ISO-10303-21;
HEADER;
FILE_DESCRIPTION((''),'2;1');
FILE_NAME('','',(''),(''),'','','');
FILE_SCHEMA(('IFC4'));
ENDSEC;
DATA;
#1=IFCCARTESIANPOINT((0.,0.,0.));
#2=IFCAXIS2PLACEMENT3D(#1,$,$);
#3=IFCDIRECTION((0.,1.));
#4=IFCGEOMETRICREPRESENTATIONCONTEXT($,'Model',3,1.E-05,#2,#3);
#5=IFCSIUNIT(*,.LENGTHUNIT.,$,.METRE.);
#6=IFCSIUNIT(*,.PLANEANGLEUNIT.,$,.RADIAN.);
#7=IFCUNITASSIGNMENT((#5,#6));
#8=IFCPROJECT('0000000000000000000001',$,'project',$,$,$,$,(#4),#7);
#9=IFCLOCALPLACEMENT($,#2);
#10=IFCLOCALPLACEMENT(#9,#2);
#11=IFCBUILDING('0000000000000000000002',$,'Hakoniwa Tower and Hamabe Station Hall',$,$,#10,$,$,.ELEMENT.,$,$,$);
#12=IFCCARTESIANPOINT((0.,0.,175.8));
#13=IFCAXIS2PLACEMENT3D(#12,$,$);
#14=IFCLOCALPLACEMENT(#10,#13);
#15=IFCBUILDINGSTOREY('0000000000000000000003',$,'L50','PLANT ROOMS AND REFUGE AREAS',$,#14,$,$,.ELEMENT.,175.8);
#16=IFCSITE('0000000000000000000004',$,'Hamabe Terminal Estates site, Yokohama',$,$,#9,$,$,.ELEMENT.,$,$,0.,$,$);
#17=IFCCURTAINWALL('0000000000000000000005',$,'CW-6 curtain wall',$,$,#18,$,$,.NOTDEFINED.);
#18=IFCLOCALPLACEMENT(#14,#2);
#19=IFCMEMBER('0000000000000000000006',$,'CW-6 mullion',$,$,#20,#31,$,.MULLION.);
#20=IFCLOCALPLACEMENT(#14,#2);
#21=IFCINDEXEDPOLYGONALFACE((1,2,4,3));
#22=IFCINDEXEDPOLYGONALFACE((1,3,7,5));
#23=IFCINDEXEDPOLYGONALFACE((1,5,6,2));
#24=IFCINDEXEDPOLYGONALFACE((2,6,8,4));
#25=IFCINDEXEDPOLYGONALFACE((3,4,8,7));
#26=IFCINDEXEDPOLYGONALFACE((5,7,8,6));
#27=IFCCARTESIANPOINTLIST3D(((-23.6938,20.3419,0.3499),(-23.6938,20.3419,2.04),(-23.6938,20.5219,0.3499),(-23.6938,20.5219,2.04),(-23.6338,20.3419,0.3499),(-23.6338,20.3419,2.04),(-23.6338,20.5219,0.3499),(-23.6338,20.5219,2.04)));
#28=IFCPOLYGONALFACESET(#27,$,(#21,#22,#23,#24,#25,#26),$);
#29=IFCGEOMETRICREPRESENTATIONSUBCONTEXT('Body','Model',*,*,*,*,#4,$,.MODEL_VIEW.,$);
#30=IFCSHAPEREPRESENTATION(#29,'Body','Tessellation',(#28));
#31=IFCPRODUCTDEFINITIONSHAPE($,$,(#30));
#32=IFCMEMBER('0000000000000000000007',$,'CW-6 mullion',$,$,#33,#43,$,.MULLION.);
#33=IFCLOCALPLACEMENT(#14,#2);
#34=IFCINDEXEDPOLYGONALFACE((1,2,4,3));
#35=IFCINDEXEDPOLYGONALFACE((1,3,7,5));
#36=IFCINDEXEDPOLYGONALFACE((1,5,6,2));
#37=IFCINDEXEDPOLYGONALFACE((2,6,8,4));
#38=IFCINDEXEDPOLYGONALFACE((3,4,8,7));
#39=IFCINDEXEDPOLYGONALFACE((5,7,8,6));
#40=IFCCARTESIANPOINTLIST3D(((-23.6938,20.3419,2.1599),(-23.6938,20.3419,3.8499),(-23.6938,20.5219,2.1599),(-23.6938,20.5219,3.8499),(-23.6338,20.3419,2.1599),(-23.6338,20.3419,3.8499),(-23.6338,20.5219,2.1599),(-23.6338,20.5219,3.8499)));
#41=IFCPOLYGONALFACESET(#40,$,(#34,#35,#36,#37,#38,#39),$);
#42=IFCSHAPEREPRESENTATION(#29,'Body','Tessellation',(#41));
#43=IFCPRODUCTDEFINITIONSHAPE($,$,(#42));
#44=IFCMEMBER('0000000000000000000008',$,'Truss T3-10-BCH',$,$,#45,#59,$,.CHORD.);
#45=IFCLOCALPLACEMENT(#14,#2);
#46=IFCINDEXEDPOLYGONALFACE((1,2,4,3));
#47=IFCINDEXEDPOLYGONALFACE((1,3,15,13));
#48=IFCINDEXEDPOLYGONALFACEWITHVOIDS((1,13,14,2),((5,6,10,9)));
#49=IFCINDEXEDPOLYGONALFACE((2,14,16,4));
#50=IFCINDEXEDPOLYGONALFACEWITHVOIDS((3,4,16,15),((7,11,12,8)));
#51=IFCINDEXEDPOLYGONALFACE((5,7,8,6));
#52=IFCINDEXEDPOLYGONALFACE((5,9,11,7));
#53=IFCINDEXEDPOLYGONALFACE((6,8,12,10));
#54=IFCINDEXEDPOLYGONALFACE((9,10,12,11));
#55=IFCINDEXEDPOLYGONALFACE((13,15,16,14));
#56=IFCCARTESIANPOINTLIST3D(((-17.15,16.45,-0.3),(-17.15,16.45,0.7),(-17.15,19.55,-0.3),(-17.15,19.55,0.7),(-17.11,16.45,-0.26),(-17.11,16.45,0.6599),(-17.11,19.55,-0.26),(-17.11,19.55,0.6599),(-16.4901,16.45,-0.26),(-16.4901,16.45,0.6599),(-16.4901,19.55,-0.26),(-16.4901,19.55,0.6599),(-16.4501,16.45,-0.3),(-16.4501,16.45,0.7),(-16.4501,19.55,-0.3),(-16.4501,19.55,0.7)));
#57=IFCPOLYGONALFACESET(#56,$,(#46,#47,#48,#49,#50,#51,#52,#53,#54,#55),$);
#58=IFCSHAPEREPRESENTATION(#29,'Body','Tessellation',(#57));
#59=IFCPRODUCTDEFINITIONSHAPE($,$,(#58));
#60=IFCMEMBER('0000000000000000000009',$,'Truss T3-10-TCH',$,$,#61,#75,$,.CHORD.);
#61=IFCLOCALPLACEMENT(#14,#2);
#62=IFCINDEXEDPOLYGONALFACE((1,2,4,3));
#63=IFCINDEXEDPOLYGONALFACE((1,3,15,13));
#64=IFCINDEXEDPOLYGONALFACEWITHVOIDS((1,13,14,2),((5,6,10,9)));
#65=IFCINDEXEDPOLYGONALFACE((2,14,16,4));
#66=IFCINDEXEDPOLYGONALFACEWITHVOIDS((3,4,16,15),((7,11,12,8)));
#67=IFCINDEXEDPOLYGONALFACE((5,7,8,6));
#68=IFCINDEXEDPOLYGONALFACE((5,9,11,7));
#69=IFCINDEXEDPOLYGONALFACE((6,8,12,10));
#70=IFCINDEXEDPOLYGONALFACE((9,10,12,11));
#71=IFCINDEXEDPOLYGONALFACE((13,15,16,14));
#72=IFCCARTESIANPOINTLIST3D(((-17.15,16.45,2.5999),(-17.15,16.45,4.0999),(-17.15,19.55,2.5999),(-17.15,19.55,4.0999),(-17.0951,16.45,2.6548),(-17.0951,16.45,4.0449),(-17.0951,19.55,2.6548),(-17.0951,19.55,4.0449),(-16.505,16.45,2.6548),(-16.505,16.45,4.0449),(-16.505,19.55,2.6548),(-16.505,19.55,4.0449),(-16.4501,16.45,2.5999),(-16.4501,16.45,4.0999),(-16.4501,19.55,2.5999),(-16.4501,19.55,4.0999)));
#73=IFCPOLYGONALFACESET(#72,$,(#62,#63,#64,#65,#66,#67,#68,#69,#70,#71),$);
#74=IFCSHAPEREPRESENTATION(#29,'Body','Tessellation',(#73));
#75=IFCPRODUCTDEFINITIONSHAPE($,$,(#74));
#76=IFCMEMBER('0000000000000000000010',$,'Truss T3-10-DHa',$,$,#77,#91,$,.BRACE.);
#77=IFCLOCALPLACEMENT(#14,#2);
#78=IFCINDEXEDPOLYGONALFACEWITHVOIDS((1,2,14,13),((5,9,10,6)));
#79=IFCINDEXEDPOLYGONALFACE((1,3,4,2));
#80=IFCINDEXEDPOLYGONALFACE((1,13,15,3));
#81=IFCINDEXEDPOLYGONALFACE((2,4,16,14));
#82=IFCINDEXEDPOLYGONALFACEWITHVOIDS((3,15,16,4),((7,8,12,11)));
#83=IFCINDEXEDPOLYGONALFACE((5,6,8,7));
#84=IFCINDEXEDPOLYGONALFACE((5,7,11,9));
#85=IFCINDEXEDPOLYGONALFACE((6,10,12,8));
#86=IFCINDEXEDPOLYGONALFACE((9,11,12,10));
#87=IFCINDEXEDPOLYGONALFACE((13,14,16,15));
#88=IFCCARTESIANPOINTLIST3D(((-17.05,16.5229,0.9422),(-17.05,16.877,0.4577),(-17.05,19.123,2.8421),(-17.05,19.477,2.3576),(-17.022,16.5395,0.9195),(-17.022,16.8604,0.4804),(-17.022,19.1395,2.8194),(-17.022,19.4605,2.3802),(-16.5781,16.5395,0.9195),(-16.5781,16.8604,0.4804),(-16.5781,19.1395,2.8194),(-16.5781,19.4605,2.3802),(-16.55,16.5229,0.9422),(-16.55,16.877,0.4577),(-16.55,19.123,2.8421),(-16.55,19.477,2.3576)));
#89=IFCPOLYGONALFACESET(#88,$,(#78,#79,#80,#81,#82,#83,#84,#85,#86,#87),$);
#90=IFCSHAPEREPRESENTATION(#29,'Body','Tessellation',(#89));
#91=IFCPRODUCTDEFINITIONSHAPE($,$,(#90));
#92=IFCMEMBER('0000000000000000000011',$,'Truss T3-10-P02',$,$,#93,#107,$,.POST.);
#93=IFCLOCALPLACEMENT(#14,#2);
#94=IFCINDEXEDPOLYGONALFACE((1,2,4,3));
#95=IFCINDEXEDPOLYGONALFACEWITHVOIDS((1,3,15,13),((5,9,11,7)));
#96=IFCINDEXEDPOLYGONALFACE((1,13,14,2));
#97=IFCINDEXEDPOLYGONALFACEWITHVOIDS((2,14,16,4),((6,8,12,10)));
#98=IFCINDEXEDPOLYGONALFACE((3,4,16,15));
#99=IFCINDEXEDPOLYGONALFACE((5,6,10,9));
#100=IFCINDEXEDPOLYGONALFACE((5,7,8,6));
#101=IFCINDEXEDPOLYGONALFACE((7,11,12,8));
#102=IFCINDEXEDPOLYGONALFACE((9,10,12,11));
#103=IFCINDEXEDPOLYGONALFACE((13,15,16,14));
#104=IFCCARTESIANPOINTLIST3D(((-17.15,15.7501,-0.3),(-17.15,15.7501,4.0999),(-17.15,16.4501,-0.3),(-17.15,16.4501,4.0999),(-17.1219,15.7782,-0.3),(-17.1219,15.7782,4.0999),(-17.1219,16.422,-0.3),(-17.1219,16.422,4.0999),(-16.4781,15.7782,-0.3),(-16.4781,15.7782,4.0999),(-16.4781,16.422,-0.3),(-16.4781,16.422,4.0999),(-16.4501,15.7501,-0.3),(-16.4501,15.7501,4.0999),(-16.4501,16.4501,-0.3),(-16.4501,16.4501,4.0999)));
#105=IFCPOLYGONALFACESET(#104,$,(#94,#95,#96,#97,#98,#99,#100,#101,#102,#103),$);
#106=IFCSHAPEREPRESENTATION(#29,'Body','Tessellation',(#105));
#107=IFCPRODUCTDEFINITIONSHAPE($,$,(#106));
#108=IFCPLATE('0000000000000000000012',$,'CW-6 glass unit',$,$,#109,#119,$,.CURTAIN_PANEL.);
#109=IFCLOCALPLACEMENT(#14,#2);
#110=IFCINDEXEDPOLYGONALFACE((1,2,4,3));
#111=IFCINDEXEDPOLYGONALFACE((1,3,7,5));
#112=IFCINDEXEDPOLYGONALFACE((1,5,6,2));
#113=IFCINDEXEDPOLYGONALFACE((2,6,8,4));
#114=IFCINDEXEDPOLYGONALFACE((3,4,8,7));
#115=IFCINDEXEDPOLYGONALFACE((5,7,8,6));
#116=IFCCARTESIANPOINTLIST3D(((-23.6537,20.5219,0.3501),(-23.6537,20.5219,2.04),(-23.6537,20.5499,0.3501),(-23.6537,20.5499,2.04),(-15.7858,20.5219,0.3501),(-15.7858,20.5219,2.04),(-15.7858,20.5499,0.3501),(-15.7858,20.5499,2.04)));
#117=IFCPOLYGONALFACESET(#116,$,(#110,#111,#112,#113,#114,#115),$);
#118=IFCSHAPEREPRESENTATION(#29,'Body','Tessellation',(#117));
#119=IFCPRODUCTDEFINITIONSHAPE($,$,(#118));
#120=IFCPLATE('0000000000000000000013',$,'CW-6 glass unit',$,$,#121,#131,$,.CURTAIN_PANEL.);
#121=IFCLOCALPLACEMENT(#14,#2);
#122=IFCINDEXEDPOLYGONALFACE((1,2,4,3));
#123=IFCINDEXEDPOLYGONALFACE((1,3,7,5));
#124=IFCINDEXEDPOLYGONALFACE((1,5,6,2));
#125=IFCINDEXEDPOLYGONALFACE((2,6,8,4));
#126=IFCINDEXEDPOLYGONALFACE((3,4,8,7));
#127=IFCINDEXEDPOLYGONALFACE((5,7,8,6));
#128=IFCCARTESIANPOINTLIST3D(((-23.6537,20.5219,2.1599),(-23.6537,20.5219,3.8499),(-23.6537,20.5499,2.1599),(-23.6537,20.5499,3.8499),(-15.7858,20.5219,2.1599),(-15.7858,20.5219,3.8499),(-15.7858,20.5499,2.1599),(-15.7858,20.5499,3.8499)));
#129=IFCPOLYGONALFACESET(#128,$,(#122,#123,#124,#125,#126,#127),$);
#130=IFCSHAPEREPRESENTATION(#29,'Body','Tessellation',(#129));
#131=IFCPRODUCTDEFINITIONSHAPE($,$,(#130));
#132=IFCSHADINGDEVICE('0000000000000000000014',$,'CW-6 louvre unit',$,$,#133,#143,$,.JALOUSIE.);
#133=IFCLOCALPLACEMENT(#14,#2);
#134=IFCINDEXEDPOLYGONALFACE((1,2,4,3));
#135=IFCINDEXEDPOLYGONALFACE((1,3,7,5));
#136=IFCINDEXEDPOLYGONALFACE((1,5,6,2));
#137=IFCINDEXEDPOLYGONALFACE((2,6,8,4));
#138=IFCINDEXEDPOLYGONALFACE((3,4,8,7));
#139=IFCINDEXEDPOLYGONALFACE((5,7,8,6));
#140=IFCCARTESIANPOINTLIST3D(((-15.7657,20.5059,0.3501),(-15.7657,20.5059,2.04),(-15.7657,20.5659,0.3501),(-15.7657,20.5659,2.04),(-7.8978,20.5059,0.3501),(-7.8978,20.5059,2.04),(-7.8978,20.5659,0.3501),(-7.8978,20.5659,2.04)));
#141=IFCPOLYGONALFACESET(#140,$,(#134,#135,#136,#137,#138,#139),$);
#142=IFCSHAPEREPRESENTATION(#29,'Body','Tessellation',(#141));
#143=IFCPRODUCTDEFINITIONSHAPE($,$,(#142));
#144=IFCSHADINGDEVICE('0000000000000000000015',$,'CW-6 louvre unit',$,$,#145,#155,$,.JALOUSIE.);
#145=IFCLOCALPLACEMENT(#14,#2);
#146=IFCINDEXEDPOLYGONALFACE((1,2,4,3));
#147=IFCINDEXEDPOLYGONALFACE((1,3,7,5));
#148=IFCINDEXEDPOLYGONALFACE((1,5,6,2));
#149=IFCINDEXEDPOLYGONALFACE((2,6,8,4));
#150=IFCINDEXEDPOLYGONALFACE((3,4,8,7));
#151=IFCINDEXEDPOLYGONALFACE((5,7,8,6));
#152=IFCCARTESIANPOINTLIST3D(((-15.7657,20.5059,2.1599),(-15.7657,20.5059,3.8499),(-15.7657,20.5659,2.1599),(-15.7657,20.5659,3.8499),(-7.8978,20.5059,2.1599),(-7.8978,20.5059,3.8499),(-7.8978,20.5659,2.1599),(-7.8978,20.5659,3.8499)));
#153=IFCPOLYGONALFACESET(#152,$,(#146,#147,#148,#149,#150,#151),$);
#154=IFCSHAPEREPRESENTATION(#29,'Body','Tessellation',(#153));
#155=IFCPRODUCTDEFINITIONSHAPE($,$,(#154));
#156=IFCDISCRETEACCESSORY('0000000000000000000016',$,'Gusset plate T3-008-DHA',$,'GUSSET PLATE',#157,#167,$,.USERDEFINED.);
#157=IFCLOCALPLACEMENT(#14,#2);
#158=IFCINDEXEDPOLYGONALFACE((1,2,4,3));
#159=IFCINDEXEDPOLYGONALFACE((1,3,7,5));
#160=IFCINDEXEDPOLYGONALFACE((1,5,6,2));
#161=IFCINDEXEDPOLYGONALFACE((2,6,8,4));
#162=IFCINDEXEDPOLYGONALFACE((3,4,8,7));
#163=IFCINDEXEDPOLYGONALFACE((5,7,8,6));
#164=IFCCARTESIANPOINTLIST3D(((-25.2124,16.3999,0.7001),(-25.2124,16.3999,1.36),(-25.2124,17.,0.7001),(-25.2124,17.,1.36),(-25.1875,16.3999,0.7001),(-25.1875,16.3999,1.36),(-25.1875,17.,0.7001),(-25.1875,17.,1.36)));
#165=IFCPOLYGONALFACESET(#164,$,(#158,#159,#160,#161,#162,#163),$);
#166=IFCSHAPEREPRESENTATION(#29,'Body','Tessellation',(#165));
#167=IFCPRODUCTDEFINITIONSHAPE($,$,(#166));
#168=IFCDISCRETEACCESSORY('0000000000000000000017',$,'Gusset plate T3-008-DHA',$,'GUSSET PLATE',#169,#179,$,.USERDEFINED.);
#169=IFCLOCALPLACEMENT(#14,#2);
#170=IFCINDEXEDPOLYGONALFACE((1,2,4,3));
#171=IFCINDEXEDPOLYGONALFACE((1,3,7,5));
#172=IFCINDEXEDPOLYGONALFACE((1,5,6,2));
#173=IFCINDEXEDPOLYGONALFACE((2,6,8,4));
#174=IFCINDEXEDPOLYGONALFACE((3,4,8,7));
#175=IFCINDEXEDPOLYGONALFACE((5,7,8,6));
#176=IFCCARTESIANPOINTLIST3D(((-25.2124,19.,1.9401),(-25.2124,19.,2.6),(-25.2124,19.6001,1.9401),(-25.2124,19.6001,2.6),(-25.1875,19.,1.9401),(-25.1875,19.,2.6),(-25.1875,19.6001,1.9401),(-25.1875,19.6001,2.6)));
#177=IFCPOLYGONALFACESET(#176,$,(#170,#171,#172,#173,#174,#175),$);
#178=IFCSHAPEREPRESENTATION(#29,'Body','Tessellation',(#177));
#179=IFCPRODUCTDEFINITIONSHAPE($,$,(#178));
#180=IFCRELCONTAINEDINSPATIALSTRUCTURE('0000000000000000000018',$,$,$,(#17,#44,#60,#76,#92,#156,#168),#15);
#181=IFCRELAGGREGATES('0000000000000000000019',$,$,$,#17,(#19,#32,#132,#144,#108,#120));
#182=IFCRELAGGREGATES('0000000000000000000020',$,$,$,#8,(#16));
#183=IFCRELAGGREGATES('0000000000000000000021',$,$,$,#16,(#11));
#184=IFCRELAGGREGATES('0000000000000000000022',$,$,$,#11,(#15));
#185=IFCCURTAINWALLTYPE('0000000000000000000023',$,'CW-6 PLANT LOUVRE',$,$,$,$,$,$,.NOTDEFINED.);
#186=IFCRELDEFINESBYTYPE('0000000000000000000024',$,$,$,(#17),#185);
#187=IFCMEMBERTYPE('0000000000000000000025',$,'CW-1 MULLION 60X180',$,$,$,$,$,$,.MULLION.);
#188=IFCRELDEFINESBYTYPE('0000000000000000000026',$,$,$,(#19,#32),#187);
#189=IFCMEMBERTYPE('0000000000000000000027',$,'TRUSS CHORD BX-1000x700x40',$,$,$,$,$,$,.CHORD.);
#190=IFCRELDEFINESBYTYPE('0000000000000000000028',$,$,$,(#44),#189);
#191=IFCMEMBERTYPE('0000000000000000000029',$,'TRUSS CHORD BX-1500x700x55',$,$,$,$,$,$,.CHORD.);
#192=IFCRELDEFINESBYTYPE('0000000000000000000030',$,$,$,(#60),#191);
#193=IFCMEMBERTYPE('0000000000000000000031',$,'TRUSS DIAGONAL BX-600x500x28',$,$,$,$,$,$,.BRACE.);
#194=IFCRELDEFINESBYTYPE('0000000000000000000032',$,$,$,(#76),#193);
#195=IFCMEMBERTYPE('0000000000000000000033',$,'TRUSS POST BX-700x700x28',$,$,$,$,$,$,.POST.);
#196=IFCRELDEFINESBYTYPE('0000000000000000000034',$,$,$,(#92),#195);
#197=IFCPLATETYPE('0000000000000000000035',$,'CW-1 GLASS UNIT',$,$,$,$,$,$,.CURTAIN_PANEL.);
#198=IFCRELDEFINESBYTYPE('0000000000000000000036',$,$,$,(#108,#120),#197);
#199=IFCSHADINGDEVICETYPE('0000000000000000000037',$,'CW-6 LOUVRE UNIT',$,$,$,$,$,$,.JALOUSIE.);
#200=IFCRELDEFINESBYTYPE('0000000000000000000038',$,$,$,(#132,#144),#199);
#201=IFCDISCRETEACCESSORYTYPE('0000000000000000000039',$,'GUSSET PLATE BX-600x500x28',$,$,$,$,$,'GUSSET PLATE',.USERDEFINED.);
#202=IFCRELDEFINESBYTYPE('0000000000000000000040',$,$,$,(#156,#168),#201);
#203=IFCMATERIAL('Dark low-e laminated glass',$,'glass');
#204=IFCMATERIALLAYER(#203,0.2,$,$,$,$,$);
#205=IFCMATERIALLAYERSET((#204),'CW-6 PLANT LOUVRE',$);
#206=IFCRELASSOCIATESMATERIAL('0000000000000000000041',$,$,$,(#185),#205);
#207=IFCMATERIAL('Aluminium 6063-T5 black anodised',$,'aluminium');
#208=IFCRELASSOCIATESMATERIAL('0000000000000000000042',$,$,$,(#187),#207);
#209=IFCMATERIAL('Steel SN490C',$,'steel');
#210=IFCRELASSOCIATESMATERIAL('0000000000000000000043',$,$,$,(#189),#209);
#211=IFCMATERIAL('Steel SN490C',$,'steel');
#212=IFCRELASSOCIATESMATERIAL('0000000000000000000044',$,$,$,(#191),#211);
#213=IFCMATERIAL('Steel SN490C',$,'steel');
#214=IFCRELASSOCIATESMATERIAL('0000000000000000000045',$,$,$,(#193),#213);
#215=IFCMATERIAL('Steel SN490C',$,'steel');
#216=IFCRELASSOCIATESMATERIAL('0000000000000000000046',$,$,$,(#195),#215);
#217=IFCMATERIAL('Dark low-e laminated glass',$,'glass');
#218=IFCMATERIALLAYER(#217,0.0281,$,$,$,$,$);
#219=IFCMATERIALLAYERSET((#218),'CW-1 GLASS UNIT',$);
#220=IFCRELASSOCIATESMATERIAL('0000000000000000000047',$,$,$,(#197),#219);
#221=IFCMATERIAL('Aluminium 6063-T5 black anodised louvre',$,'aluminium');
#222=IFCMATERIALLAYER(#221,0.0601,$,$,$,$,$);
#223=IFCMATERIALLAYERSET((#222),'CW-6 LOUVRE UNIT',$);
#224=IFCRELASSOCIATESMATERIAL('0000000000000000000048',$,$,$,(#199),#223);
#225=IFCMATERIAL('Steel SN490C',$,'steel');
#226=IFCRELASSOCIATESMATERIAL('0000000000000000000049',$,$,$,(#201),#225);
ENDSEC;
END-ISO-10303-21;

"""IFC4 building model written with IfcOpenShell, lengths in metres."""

from ifc_helpers import new_model, si_unit, direction, frame, origin, origin_2d, place, context, subcontext, project, spatial, rectangle, hollow_rectangle, extrude, material, layer, layer_set, material_profile, profile_set, type_object, element, aggregate, save


model = new_model("IFC4")

# Units and contexts
model_context = context("Model", 3, precision=1e-05, world=origin(), true_north=direction((0.0, 1.0)))
body_context = subcontext(model_context, "Body", "Model", "MODEL_VIEW")
ifc_project = project(units=[si_unit("LENGTHUNIT", "METRE"), si_unit("PLANEANGLEUNIT", "RADIAN")], contexts=[model_context])

# Site, building, storey
site_placement = place(None, origin())
site = spatial("IfcSite", under=ifc_project, at=site_placement, Name="Hamabe Terminal Estates site, Yokohama", CompositionType="ELEMENT", RefElevation=0.0)
building_placement = place(site_placement, origin())
building = spatial("IfcBuilding", under=site, at=building_placement, Name="Hakoniwa Tower and Hamabe Station Hall", CompositionType="ELEMENT")
storey_placement = place(building_placement, frame((0.0, 0.0, 175.8)))
storey = spatial("IfcBuildingStorey", under=building, at=storey_placement, Name="L50", Description="PLANT ROOMS AND REFUGE AREAS", CompositionType="ELEMENT", Elevation=175.8)

# Curtain wall, members
ifc_material_1 = material(Name="Dark low-e laminated glass", Category="glass")
ifc_layer_1 = layer(ifc_material_1, 0.2)
ifc_layer_set_1 = layer_set([ifc_layer_1], Name="CW-6 PLANT LOUVRE")
curtain_wall_type = type_object("IfcCurtainWallType", Name="CW-6 PLANT LOUVRE", PredefinedType="NOTDEFINED", material=ifc_layer_set_1)
curtain_wall_placement = place(storey_placement, origin())
curtain_wall = element("IfcCurtainWall", 1, at=curtain_wall_placement, inside=storey, type_object=curtain_wall_type, Name="CW-6 curtain wall", PredefinedType="NOTDEFINED")
ifc_material_2 = material(Name="Aluminium 6063-T5 black anodised", Category="aluminium")
ifc_material_profile_1 = material_profile(ifc_material_2, rectangle(XDim=0.0601, YDim=0.1799, at=origin_2d()), Name="CW-1 MULLION 60X180")
ifc_profile_set_1 = profile_set([ifc_material_profile_1], Name="Aluminium 6063-T5 black anodised")
member_type_1 = type_object("IfcMemberType", Name="CW-1 MULLION 60X180", PredefinedType="MULLION", material=ifc_profile_set_1)
member_1_placement = place(storey_placement, frame((-23.6638, 20.4319, 0.3499), z_axis=(0.0, 0.0, 1.0), x_axis=(-1.0, 0.0, 0.0)))
member_1 = element("IfcMember", 2, at=member_1_placement, type_object=member_type_1, Name="CW-6 mullion", PredefinedType="MULLION", context=body_context, shape_type="SweptSolid", body=[
    extrude(rectangle(XDim=0.0601, YDim=0.1799, at=origin_2d()), origin(), (0.0, 0.0, 1.0), 1.6902),
])
member_2_placement = place(storey_placement, frame((-23.6638, 20.4319, 2.1599), z_axis=(0.0, 0.0, 1.0), x_axis=(-1.0, 0.0, 0.0)))
member_2 = element("IfcMember", 3, at=member_2_placement, type_object=member_type_1, Name="CW-6 mullion", PredefinedType="MULLION", context=body_context, shape_type="SweptSolid", body=[
    extrude(rectangle(XDim=0.0601, YDim=0.1799, at=origin_2d()), origin(), (0.0, 0.0, 1.0), 1.6899),
])

# Members
ifc_material_3 = material(Name="Steel SN490C", Category="steel")
ifc_material_profile_2 = material_profile(ifc_material_3, hollow_rectangle(XDim=0.7, YDim=1.0, WallThickness=0.04, at=origin_2d()), Name="BX-1000x700x40")
ifc_profile_set_2 = profile_set([ifc_material_profile_2], Name="Steel SN490C")
member_type_2 = type_object("IfcMemberType", Name="TRUSS CHORD BX-1000x700x40", PredefinedType="CHORD", material=ifc_profile_set_2)
member_3_placement = place(storey_placement, frame((-16.8, 16.45, 0.2), z_axis=(0.0, 1.0, 0.0), x_axis=(-1.0, 0.0, 0.0)))
element("IfcMember", 4, at=member_3_placement, inside=storey, type_object=member_type_2, Name="Truss T3-10-BCH", PredefinedType="CHORD", context=body_context, shape_type="SweptSolid", body=[
    extrude(hollow_rectangle(XDim=0.7, YDim=1.0, WallThickness=0.04, at=origin_2d()), origin(), (0.0, 0.0, 1.0), 3.1001),
])
ifc_material_4 = material(Name="Steel SN490C", Category="steel")
ifc_material_profile_3 = material_profile(ifc_material_4, hollow_rectangle(XDim=0.7, YDim=1.5, WallThickness=0.0549, at=origin_2d()), Name="BX-1500x700x55")
ifc_profile_set_3 = profile_set([ifc_material_profile_3], Name="Steel SN490C")
member_type_3 = type_object("IfcMemberType", Name="TRUSS CHORD BX-1500x700x55", PredefinedType="CHORD", material=ifc_profile_set_3)
member_4_placement = place(storey_placement, frame((-16.8, 16.45, 3.3499), z_axis=(0.0, 1.0, 0.0), x_axis=(-1.0, 0.0, 0.0)))
element("IfcMember", 5, at=member_4_placement, inside=storey, type_object=member_type_3, Name="Truss T3-10-TCH", PredefinedType="CHORD", context=body_context, shape_type="SweptSolid", body=[
    extrude(hollow_rectangle(XDim=0.7, YDim=1.5, WallThickness=0.0549, at=origin_2d()), origin(), (0.0, 0.0, 1.0), 3.1001),
])
ifc_material_5 = material(Name="Steel SN490C", Category="steel")
ifc_material_profile_4 = material_profile(ifc_material_5, hollow_rectangle(XDim=0.5, YDim=0.6001, WallThickness=0.0281, at=origin_2d()), Name="BX-600x500x28")
ifc_profile_set_4 = profile_set([ifc_material_profile_4], Name="Steel SN490C")
member_type_4 = type_object("IfcMemberType", Name="TRUSS DIAGONAL BX-600x500x28", PredefinedType="BRACE", material=ifc_profile_set_4)
member_5_placement = place(storey_placement, frame((-16.8, 16.7, 0.7), z_axis=(0.0, 0.807416, 0.589982), x_axis=(-1.0, 0.0, 0.0)))
element("IfcMember", 6, at=member_5_placement, inside=storey, type_object=member_type_4, Name="Truss T3-10-DHa", PredefinedType="BRACE", context=body_context, shape_type="SweptSolid", body=[
    extrude(hollow_rectangle(XDim=0.5, YDim=0.6001, WallThickness=0.0281, at=origin_2d()), origin(), (0.0, 0.0, 1.0), 3.2202),
])
ifc_material_6 = material(Name="Steel SN490C", Category="steel")
ifc_material_profile_5 = material_profile(ifc_material_6, hollow_rectangle(XDim=0.7, YDim=0.7, WallThickness=0.0281, at=origin_2d()), Name="BX-700x700x28")
ifc_profile_set_5 = profile_set([ifc_material_profile_5], Name="Steel SN490C")
member_type_5 = type_object("IfcMemberType", Name="TRUSS POST BX-700x700x28", PredefinedType="POST", material=ifc_profile_set_5)
member_6_placement = place(storey_placement, frame((-16.8, 16.1001, -0.3), z_axis=(0.0, 0.0, 1.0), x_axis=(1.0, 0.0, 0.0)))
element("IfcMember", 7, at=member_6_placement, inside=storey, type_object=member_type_5, Name="Truss T3-10-P02", PredefinedType="POST", context=body_context, shape_type="SweptSolid", body=[
    extrude(hollow_rectangle(XDim=0.7, YDim=0.7, WallThickness=0.0281, at=origin_2d()), origin(), (0.0, 0.0, 1.0), 4.3999),
])

# Plates
ifc_material_7 = material(Name="Dark low-e laminated glass", Category="glass")
ifc_layer_2 = layer(ifc_material_7, 0.0281)
ifc_layer_set_2 = layer_set([ifc_layer_2], Name="CW-1 GLASS UNIT")
plate_type = type_object("IfcPlateType", Name="CW-1 GLASS UNIT", PredefinedType="CURTAIN_PANEL", material=ifc_layer_set_2)
plate_1_placement = place(storey_placement, frame((-19.7197, 20.5359, 0.3501), z_axis=(0.0, 0.0, 1.0), x_axis=(-1.0, 0.0, 0.0)))
plate_1 = element("IfcPlate", 8, at=plate_1_placement, type_object=plate_type, Name="CW-6 glass unit", PredefinedType="CURTAIN_PANEL", context=body_context, shape_type="SweptSolid", body=[
    extrude(rectangle(XDim=7.8679, YDim=0.0281, at=origin_2d()), origin(), (0.0, 0.0, 1.0), 1.6899),
])
plate_2_placement = place(storey_placement, frame((-19.7197, 20.5359, 2.1599), z_axis=(0.0, 0.0, 1.0), x_axis=(-1.0, 0.0, 0.0)))
plate_2 = element("IfcPlate", 9, at=plate_2_placement, type_object=plate_type, Name="CW-6 glass unit", PredefinedType="CURTAIN_PANEL", context=body_context, shape_type="SweptSolid", body=[
    extrude(rectangle(XDim=7.8679, YDim=0.0281, at=origin_2d()), origin(), (0.0, 0.0, 1.0), 1.6899),
])

# Shading devices
ifc_material_8 = material(Name="Aluminium 6063-T5 black anodised louvre", Category="aluminium")
ifc_layer_3 = layer(ifc_material_8, 0.0601)
ifc_layer_set_3 = layer_set([ifc_layer_3], Name="CW-6 LOUVRE UNIT")
shading_device_type = type_object("IfcShadingDeviceType", Name="CW-6 LOUVRE UNIT", PredefinedType="JALOUSIE", material=ifc_layer_set_3)
shading_device_1_placement = place(storey_placement, frame((-11.8318, 20.5359, 0.3501), z_axis=(0.0, 0.0, 1.0), x_axis=(-1.0, 0.0, 0.0)))
shading_device_1 = element("IfcShadingDevice", 10, at=shading_device_1_placement, type_object=shading_device_type, Name="CW-6 louvre unit", PredefinedType="JALOUSIE", context=body_context, shape_type="SweptSolid", body=[
    extrude(rectangle(XDim=7.8679, YDim=0.0601, at=origin_2d()), origin(), (0.0, 0.0, 1.0), 1.6899),
])
shading_device_2_placement = place(storey_placement, frame((-11.8318, 20.5359, 2.1599), z_axis=(0.0, 0.0, 1.0), x_axis=(-1.0, 0.0, 0.0)))
shading_device_2 = element("IfcShadingDevice", 11, at=shading_device_2_placement, type_object=shading_device_type, Name="CW-6 louvre unit", PredefinedType="JALOUSIE", context=body_context, shape_type="SweptSolid", body=[
    extrude(rectangle(XDim=7.8679, YDim=0.0601, at=origin_2d()), origin(), (0.0, 0.0, 1.0), 1.6899),
])
aggregate(curtain_wall, [member_1, member_2, shading_device_1, shading_device_2, plate_1, plate_2])

# Discrete accessories
ifc_material_9 = material(Name="Steel SN490C", Category="steel")
ifc_material_profile_6 = material_profile(ifc_material_9, rectangle(XDim=0.6001, YDim=0.6599, at=origin_2d()), Name="GUSSET PLATE BX-600x500x28")
ifc_profile_set_6 = profile_set([ifc_material_profile_6], Name="Steel SN490C")
discrete_accessory_type = type_object("IfcDiscreteAccessoryType", Name="GUSSET PLATE BX-600x500x28", ElementType="GUSSET PLATE", PredefinedType="USERDEFINED", material=ifc_profile_set_6)
for number, where, z_axis, x_axis, name in (
    (12, (-25.1875, 16.7, 1.03), (-1.0, 0.0, 0.0), (0.0, -1.0, 0.0), "Gusset plate T3-008-DHA"),
    (13, (-25.1875, 19.3, 2.27), (-1.0, 0.0, 0.0), (0.0, -1.0, 0.0), "Gusset plate T3-008-DHA"),
):
    element("IfcDiscreteAccessory", number, at=place(storey_placement, frame(where, z_axis=z_axis, x_axis=x_axis)), inside=storey, type_object=discrete_accessory_type, Name=name, ObjectType="GUSSET PLATE", PredefinedType="USERDEFINED", context=body_context, shape_type="SweptSolid", body=[
        extrude(rectangle(XDim=0.6001, YDim=0.6599, at=origin_2d()), origin(), (0.0, 0.0, 1.0), 0.0249),
    ])

save(model, "model.ifc")
